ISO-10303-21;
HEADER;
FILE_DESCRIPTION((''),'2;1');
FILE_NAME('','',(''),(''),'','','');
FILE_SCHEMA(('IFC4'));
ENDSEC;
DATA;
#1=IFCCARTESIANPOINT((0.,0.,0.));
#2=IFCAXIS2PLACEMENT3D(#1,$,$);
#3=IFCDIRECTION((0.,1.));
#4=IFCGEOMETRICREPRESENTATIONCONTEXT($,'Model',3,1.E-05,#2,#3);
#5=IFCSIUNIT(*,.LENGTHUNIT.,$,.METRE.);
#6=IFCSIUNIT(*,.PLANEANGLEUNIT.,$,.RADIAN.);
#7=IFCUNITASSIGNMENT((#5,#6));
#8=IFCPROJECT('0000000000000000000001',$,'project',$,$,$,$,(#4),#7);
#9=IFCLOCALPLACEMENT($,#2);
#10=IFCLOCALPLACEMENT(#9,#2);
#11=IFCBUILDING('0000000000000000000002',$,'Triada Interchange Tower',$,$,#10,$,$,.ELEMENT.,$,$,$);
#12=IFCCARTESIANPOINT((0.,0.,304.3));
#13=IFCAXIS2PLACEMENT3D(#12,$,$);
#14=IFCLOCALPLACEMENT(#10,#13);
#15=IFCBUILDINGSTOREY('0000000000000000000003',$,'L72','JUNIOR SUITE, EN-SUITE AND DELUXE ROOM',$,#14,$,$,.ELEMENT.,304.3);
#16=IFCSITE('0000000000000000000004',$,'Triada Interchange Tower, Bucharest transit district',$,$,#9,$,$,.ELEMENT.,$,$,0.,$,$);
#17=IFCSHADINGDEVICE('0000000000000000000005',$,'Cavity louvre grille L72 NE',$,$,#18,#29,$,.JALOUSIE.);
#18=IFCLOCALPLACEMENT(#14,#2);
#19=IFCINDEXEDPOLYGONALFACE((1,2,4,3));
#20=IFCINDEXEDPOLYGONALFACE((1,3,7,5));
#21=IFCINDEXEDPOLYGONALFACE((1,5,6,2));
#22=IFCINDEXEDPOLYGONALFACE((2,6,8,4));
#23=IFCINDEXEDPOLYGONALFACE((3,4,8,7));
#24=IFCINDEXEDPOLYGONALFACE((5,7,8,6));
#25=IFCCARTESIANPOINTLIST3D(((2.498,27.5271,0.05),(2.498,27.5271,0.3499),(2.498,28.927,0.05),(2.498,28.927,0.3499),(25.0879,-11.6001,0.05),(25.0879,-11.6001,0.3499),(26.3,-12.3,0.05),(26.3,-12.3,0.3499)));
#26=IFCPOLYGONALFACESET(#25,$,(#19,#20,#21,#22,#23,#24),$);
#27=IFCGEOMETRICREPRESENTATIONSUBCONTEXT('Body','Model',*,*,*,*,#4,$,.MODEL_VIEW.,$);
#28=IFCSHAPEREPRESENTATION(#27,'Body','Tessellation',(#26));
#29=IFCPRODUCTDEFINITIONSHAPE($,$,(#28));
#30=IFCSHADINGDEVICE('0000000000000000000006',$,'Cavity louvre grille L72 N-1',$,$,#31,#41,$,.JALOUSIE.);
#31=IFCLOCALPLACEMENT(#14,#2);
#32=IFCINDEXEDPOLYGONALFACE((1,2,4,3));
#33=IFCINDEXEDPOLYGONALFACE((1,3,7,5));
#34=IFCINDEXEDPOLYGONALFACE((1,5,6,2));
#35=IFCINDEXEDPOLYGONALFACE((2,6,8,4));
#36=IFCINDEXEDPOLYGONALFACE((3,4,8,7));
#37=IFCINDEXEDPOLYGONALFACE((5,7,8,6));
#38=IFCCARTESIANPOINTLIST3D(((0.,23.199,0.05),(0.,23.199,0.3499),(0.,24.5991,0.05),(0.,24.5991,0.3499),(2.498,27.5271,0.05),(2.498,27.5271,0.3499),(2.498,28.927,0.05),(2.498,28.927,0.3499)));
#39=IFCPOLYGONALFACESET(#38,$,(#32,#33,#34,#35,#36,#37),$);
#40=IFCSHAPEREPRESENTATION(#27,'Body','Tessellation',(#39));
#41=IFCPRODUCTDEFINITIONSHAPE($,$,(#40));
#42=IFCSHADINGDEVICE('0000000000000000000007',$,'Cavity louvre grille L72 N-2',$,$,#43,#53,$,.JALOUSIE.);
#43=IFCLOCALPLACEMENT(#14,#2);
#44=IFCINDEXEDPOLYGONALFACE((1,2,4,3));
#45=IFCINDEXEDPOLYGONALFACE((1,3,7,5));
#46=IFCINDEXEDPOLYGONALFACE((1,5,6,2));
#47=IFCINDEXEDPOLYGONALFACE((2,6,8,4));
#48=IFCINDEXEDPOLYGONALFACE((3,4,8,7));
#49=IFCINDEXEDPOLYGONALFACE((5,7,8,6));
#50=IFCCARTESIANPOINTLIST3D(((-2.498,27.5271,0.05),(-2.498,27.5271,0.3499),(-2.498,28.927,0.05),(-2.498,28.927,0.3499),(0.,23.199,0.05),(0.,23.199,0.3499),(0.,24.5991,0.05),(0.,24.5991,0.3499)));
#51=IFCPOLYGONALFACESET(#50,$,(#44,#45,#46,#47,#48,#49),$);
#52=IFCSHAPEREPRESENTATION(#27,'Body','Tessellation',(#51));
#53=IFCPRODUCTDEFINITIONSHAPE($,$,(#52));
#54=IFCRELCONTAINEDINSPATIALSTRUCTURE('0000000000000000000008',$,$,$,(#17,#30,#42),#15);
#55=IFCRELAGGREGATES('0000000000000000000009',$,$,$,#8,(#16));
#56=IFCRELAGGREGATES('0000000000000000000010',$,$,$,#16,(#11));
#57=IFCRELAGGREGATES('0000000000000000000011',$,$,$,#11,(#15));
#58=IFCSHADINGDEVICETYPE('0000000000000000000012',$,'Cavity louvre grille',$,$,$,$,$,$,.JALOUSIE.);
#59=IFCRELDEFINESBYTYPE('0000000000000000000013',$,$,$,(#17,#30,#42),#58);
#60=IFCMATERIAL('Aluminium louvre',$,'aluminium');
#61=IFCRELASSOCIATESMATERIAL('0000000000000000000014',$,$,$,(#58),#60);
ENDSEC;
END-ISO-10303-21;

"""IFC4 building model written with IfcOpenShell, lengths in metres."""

from ifc_helpers import new_model, si_unit, direction, frame, origin, place, context, subcontext, project, spatial, polyline, outline, extrude, material, type_object, element, save


model = new_model("IFC4")

# Units and contexts
model_context = context("Model", 3, precision=1e-05, world=origin(), true_north=direction((0.0, 1.0)))
body_context = subcontext(model_context, "Body", "Model", "MODEL_VIEW")
ifc_project = project(units=[si_unit("LENGTHUNIT", "METRE"), si_unit("PLANEANGLEUNIT", "RADIAN")], contexts=[model_context])

# Site, building, storey
site_placement = place(None, origin())
site = spatial("IfcSite", under=ifc_project, at=site_placement, Name="Triada Interchange Tower, Bucharest transit district", CompositionType="ELEMENT", RefElevation=0.0)
building_placement = place(site_placement, origin())
building = spatial("IfcBuilding", under=site, at=building_placement, Name="Triada Interchange Tower", CompositionType="ELEMENT")
storey_placement = place(building_placement, frame((0.0, 0.0, 304.3)))
storey = spatial("IfcBuildingStorey", under=building, at=storey_placement, Name="L72", Description="JUNIOR SUITE, EN-SUITE AND DELUXE ROOM", CompositionType="ELEMENT", Elevation=304.3)

# Shading devices
ifc_material_1 = material(Name="Aluminium louvre", Category="aluminium")
shading_device_type = type_object("IfcShadingDeviceType", Name="Cavity louvre grille", PredefinedType="JALOUSIE", material=ifc_material_1)
shading_device_1_placement = place(storey_placement, frame((0.0, 0.0, 0.05)))
element("IfcShadingDevice", 1, at=shading_device_1_placement, inside=storey, type_object=shading_device_type, Name="Cavity louvre grille L72 NE", PredefinedType="JALOUSIE", context=body_context, shape_type="SweptSolid", body=[
    extrude(outline(polyline([(25.0879, -11.6001), (26.3, -12.3), (2.498, 28.927), (2.498, 27.5271), (25.0879, -11.6001)])), origin(), (0.0, 0.0, 1.0), 0.2998),
])
shading_device_2_placement = place(storey_placement, frame((0.0, 0.0, 0.05)))
element("IfcShadingDevice", 2, at=shading_device_2_placement, inside=storey, type_object=shading_device_type, Name="Cavity louvre grille L72 N-1", PredefinedType="JALOUSIE", context=body_context, shape_type="SweptSolid", body=[
    extrude(outline(polyline([(2.498, 27.5271), (2.498, 28.927), (0.0, 24.5991), (0.0, 23.199), (2.498, 27.5271)])), origin(), (0.0, 0.0, 1.0), 0.2998),
])
shading_device_3_placement = place(storey_placement, frame((0.0, 0.0, 0.05)))
element("IfcShadingDevice", 3, at=shading_device_3_placement, inside=storey, type_object=shading_device_type, Name="Cavity louvre grille L72 N-2", PredefinedType="JALOUSIE", context=body_context, shape_type="SweptSolid", body=[
    extrude(outline(polyline([(0.0, 23.199), (0.0, 24.5991), (-2.498, 28.927), (-2.498, 27.5271), (0.0, 23.199)])), origin(), (0.0, 0.0, 1.0), 0.2998),
])

save(model, "model.ifc")
